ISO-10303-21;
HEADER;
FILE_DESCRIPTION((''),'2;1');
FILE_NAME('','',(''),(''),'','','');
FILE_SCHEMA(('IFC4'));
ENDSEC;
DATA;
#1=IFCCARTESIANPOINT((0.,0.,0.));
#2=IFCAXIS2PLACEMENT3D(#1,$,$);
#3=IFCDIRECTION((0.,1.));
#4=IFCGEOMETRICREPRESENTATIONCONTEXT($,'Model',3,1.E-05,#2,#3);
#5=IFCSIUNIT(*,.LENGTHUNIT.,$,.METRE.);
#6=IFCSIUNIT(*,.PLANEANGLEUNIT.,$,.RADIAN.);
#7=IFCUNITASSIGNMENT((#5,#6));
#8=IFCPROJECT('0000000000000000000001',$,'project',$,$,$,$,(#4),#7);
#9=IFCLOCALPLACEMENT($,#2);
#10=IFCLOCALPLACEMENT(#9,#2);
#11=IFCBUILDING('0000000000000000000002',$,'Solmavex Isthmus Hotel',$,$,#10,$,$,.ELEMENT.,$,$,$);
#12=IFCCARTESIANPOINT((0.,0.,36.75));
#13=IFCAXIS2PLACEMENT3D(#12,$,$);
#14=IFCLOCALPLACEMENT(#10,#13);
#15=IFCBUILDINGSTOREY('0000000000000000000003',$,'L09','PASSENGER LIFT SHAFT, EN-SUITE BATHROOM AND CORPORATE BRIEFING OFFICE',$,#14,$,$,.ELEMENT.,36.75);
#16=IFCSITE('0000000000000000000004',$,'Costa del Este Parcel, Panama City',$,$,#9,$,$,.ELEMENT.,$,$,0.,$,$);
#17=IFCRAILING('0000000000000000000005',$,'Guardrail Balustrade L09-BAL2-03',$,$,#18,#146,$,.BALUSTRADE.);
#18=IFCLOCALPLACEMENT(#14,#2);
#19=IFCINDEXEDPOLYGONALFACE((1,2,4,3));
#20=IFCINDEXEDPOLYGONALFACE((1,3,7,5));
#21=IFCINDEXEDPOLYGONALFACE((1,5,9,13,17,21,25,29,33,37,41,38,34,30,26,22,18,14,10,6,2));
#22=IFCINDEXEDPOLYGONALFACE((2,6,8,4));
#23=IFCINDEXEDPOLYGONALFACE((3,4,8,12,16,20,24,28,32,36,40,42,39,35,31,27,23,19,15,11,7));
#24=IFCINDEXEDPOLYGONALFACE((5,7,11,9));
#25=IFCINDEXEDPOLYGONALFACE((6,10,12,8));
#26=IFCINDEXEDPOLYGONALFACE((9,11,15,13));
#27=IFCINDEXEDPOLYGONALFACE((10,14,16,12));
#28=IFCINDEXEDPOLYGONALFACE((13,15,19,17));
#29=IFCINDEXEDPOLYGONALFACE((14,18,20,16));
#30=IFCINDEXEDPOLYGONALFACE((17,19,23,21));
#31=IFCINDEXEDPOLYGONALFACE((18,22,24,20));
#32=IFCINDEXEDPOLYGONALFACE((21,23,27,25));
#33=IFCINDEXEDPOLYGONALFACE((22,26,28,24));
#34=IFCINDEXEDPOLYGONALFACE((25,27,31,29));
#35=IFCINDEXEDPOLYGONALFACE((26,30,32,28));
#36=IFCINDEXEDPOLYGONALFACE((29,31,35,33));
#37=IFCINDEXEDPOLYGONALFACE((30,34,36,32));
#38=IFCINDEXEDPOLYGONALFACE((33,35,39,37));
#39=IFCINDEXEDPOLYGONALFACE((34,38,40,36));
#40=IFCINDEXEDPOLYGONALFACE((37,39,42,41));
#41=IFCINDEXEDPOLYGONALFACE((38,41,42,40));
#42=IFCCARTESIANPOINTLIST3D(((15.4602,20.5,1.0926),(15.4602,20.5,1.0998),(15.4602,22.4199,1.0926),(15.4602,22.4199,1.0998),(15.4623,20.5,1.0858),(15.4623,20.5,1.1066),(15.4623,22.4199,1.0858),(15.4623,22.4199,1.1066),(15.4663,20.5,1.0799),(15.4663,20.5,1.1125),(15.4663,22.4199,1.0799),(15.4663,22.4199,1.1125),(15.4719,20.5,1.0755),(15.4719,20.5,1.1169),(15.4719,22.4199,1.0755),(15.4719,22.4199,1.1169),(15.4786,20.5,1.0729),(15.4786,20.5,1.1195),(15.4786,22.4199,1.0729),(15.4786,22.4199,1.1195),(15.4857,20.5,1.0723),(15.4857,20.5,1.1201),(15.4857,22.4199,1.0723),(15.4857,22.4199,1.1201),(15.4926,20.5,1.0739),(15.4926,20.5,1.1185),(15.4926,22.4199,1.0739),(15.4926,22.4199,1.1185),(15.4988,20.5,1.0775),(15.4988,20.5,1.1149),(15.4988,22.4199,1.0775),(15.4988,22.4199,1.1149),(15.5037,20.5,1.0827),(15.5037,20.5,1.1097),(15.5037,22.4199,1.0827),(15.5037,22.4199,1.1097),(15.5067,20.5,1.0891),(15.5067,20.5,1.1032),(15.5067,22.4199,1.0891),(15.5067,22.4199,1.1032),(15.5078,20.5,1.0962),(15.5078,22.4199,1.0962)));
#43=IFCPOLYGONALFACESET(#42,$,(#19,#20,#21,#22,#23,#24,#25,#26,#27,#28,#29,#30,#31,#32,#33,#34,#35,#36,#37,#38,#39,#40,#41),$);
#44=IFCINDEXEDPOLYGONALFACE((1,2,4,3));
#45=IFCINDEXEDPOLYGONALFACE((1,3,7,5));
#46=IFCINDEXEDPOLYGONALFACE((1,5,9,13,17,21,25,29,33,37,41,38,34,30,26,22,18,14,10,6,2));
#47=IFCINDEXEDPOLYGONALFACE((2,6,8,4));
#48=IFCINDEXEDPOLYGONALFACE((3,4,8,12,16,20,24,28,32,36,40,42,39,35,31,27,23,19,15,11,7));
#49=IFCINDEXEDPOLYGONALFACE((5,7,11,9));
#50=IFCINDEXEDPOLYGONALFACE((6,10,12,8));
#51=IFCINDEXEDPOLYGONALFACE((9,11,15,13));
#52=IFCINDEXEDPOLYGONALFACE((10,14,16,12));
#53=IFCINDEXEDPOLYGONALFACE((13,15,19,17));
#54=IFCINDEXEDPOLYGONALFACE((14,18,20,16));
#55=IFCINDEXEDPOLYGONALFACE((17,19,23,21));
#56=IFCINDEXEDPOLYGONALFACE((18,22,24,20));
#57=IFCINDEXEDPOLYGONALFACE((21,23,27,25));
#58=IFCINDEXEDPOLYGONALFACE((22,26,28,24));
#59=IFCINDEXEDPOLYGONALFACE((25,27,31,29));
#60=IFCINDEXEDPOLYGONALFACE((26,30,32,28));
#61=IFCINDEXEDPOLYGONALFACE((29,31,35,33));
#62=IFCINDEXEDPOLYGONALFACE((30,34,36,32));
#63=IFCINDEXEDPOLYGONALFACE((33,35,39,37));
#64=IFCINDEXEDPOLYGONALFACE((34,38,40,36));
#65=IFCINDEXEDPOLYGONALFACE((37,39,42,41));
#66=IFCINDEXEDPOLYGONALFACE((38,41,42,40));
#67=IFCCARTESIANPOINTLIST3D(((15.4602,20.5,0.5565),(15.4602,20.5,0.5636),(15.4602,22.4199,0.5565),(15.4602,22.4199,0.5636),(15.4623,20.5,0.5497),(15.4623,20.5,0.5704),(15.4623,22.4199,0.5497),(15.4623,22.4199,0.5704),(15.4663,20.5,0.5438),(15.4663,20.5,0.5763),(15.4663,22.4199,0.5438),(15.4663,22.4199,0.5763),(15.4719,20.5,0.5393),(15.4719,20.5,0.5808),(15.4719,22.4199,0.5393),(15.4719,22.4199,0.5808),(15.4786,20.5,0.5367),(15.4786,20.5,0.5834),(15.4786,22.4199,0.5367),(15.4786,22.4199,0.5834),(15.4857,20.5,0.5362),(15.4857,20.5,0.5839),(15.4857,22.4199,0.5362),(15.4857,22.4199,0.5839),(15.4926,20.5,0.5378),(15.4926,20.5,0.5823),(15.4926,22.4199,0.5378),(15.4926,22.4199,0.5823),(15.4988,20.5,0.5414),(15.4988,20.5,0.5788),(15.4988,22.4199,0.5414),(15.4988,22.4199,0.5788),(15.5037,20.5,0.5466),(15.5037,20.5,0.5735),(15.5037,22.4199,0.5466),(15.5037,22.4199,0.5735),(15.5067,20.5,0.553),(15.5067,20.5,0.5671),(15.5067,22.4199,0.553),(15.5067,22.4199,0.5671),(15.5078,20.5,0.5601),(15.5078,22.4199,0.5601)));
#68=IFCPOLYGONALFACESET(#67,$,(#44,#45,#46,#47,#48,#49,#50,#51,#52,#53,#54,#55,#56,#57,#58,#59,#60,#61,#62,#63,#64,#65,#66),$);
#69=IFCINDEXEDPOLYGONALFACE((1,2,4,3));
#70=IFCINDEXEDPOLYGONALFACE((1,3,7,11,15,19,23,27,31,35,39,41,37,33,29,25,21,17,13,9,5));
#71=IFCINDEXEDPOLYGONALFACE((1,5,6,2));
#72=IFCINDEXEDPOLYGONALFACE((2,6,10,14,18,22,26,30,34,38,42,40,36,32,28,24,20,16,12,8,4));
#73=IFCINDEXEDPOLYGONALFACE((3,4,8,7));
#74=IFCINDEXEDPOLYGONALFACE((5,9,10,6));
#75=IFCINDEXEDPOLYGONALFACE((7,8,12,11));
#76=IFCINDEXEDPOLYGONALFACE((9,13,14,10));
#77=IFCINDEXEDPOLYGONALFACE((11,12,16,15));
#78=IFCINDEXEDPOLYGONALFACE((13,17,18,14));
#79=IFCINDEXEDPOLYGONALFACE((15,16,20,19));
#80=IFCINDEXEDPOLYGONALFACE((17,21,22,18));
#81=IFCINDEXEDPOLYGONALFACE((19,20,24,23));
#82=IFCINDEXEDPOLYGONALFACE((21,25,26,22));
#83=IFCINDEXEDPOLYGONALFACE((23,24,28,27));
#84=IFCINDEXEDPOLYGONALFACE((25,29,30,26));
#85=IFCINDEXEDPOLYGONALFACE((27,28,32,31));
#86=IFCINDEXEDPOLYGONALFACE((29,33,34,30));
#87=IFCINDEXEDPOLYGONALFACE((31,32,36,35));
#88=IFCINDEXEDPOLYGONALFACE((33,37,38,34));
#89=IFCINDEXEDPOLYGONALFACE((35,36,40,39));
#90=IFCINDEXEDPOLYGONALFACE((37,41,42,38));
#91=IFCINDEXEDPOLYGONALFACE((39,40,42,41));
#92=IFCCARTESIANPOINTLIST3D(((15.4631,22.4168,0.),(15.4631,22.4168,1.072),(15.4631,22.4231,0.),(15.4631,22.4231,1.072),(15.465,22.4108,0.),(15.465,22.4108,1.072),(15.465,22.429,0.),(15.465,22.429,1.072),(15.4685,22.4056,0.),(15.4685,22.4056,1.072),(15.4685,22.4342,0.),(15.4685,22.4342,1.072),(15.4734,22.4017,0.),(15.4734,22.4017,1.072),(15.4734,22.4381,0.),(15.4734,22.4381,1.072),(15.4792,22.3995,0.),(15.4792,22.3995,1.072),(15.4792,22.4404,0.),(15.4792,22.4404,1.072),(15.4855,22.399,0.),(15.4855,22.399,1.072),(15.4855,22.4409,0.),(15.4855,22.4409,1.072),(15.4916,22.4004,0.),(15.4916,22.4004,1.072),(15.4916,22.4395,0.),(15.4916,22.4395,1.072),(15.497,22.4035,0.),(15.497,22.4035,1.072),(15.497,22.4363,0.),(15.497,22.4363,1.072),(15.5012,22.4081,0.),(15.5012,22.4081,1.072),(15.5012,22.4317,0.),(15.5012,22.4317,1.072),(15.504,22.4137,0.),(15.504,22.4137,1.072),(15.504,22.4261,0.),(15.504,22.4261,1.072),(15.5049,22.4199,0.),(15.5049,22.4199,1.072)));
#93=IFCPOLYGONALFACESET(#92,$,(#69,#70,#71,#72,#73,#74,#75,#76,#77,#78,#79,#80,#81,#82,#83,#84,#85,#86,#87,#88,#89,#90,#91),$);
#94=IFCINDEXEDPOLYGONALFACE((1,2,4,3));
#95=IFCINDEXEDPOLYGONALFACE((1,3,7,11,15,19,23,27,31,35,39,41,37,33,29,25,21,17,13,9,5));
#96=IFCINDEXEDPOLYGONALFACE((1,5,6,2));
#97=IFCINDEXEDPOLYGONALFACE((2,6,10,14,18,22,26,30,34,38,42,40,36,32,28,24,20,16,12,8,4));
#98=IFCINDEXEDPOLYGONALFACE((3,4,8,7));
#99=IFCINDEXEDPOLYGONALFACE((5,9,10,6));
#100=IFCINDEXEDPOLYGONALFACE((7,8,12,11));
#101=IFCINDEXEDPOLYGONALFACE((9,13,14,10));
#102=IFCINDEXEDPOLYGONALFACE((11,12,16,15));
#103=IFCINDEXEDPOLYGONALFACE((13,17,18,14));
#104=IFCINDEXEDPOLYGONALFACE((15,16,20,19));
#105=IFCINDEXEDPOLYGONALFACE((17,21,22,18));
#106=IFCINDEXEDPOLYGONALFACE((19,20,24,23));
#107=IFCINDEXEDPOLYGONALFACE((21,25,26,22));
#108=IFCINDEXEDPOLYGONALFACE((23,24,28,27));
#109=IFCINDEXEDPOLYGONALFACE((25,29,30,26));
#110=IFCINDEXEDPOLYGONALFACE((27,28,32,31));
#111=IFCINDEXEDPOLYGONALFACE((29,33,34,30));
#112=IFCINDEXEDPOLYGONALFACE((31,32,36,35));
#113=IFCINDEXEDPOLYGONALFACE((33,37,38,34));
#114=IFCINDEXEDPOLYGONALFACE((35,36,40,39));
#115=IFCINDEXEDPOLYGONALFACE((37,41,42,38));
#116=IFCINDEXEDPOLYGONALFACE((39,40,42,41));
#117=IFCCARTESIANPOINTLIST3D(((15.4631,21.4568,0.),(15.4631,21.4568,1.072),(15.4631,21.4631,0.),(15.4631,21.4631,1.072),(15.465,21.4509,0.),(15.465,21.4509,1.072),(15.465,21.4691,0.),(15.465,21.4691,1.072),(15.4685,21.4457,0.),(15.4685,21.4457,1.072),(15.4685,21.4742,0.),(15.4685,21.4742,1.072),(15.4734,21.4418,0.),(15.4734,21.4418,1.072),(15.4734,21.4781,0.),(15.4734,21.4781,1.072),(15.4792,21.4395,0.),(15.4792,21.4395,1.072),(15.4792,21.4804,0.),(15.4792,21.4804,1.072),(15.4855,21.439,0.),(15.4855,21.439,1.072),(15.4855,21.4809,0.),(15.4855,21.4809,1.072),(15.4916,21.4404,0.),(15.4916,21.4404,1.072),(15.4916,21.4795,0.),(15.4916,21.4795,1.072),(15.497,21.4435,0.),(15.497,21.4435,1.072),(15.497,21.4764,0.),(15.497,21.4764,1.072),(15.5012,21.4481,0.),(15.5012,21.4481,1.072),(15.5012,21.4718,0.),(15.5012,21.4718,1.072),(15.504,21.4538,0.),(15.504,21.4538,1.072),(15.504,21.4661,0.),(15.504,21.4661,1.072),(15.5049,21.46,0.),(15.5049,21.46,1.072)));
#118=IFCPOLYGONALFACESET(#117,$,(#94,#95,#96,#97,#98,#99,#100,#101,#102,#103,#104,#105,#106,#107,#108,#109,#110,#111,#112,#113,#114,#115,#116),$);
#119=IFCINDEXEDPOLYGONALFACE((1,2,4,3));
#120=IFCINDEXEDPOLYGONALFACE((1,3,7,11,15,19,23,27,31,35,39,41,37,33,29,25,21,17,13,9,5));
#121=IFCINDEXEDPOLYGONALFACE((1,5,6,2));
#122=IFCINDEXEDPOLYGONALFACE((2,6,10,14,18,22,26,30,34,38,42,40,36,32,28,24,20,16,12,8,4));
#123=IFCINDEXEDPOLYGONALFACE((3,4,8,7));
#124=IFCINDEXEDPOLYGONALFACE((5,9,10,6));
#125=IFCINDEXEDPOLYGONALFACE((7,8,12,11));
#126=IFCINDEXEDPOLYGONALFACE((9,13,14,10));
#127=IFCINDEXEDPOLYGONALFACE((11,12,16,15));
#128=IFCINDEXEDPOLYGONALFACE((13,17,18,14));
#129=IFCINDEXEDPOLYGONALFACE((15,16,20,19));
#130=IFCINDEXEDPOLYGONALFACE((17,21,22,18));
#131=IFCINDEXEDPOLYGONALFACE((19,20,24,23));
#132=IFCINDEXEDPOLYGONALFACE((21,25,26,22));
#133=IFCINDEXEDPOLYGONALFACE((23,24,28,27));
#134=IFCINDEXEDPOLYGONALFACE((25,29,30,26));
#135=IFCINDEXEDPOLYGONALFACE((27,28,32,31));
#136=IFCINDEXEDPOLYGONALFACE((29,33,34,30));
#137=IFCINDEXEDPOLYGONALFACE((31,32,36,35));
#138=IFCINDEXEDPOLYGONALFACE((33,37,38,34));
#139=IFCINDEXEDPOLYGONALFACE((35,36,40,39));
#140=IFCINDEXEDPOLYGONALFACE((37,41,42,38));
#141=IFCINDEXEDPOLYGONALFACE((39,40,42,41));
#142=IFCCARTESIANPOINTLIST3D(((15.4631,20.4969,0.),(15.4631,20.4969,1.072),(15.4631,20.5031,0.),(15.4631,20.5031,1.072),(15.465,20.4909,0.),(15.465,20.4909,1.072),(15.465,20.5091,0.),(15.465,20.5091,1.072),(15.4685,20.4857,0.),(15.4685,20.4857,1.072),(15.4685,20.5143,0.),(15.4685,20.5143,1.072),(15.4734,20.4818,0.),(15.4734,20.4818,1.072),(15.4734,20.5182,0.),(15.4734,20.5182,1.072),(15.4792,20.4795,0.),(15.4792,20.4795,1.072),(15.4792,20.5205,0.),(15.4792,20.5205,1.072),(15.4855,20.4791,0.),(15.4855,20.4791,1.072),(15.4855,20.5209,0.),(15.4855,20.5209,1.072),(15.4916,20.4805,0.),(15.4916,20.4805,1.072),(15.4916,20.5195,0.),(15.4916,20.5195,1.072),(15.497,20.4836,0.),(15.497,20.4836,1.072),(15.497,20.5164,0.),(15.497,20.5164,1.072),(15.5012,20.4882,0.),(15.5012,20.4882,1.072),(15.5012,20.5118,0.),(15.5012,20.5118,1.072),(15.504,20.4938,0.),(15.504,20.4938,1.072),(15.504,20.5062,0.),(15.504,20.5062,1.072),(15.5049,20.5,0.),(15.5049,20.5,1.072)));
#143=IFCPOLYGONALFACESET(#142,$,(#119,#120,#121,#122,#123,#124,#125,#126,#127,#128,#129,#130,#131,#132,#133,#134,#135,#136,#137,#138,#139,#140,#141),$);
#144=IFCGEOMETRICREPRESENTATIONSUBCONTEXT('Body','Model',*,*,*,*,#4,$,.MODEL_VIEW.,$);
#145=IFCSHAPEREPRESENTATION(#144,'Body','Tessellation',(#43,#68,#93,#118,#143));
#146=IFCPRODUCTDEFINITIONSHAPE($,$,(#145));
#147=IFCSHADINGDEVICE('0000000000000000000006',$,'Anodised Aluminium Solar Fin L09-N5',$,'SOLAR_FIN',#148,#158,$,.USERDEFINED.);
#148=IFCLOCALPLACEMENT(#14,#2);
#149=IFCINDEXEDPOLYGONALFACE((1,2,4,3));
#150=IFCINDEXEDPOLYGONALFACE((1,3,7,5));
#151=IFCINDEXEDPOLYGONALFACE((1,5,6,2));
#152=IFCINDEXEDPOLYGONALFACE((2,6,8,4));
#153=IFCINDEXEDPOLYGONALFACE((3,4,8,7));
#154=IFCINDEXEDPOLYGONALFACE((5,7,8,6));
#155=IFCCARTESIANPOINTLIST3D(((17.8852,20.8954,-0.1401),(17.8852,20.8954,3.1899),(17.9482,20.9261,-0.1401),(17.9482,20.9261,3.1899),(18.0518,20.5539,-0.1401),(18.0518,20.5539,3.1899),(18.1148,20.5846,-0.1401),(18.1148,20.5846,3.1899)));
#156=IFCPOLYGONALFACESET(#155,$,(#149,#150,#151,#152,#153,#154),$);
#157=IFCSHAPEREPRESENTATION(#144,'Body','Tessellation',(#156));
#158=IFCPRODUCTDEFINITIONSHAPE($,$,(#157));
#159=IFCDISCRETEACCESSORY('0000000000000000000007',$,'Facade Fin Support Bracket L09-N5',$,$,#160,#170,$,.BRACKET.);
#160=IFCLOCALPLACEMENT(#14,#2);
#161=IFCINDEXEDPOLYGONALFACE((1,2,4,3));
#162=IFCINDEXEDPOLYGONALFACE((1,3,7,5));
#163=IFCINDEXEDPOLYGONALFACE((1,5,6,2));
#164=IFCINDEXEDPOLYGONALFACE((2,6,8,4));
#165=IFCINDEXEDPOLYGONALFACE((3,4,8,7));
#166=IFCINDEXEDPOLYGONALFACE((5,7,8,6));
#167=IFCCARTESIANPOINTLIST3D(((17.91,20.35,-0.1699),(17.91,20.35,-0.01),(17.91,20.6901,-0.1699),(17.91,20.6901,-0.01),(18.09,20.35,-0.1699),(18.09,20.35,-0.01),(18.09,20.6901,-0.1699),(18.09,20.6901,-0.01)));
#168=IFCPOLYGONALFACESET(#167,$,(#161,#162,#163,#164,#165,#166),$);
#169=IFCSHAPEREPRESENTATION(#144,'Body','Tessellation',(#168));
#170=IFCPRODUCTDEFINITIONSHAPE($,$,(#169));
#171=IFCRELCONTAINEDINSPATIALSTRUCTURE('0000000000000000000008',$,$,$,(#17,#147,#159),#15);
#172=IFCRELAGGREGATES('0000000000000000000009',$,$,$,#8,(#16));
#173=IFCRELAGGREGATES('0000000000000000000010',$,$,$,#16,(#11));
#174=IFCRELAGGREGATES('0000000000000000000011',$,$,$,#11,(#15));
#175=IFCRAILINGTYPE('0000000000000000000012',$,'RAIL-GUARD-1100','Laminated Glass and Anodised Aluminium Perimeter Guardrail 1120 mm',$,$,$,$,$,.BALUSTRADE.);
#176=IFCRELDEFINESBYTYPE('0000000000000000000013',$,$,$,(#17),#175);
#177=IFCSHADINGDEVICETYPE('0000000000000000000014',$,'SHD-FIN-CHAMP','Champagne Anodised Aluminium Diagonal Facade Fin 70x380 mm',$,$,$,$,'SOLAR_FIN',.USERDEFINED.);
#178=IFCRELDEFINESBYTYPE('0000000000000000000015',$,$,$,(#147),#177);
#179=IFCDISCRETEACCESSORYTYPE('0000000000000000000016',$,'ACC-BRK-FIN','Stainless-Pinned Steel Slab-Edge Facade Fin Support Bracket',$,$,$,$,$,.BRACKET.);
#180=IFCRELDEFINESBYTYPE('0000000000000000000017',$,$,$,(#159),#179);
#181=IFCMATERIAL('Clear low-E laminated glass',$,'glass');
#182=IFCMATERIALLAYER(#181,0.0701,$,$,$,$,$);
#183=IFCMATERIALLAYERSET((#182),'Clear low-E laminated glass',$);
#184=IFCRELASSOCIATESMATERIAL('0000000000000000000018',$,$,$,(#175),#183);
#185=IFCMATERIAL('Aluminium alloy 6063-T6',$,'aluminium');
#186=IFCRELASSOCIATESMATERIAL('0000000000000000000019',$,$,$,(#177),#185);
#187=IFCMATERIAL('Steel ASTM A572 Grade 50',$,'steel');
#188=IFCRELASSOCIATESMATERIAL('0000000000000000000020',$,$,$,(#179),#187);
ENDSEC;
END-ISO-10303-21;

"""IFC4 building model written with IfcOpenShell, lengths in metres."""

from ifc_helpers import new_model, si_unit, direction, frame, origin, origin_2d, place, context, subcontext, project, spatial, rectangle, circle, extrude, material, layer, layer_set, type_object, element, save


model = new_model("IFC4")

# Units and contexts
model_context = context("Model", 3, precision=1e-05, world=origin(), true_north=direction((0.0, 1.0)))
body_context = subcontext(model_context, "Body", "Model", "MODEL_VIEW")
ifc_project = project(units=[si_unit("LENGTHUNIT", "METRE"), si_unit("PLANEANGLEUNIT", "RADIAN")], contexts=[model_context])

# Site, building, storey
site_placement = place(None, origin())
site = spatial("IfcSite", under=ifc_project, at=site_placement, Name="Costa del Este Parcel, Panama City", CompositionType="ELEMENT", RefElevation=0.0)
building_placement = place(site_placement, origin())
building = spatial("IfcBuilding", under=site, at=building_placement, Name="Solmavex Isthmus Hotel", CompositionType="ELEMENT")
storey_placement = place(building_placement, frame((0.0, 0.0, 36.75)))
storey = spatial("IfcBuildingStorey", under=building, at=storey_placement, Name="L09", Description="PASSENGER LIFT SHAFT, EN-SUITE BATHROOM AND CORPORATE BRIEFING OFFICE", CompositionType="ELEMENT", Elevation=36.75)

# Shared definitions
ifc_material_1 = material(Name="Aluminium alloy 6063-T6", Category="aluminium")

# Shared definitions
ifc_material_2 = material(Name="Clear low-E laminated glass", Category="glass")

# Railing
ifc_layer_1 = layer(ifc_material_2, 0.0701)
ifc_layer_set_1 = layer_set([ifc_layer_1], Name="Clear low-E laminated glass")
railing_type = type_object("IfcRailingType", Name="RAIL-GUARD-1100", Description="Laminated Glass and Anodised Aluminium Perimeter Guardrail 1120 mm", PredefinedType="BALUSTRADE", material=ifc_layer_set_1)
railing_placement = place(storey_placement, frame((15.4839, 22.4199, 0.0)))
element("IfcRailing", 1, at=railing_placement, inside=storey, type_object=railing_type, Name="Guardrail Balustrade L09-BAL2-03", PredefinedType="BALUSTRADE", context=body_context, shape_type="SweptSolid", body=[
    extrude(circle(Radius=0.0239, at=origin_2d()), frame((0.0, 0.0, 1.0962), z_axis=(0.0, -1.0, 0.0), x_axis=(1.0, 0.0, 0.0)), (0.0, 0.0, 1.0), 1.9199),
    extrude(circle(Radius=0.0239, at=origin_2d()), frame((0.0, 0.0, 0.5601), z_axis=(0.0, -1.0, 0.0), x_axis=(1.0, 0.0, 0.0)), (0.0, 0.0, 1.0), 1.9199),
    extrude(circle(Radius=0.021, at=origin_2d()), origin(), (0.0, 0.0, 1.0), 1.072),
    extrude(circle(Radius=0.021, at=origin_2d()), frame((0.0, -0.96, 0.0)), (0.0, 0.0, 1.0), 1.072),
    extrude(circle(Radius=0.021, at=origin_2d()), frame((0.0, -1.9199, 0.0)), (0.0, 0.0, 1.0), 1.072),
])

# Shading device
shading_device_type = type_object("IfcShadingDeviceType", Name="SHD-FIN-CHAMP", Description="Champagne Anodised Aluminium Diagonal Facade Fin 70x380 mm", ElementType="SOLAR_FIN", PredefinedType="USERDEFINED", material=ifc_material_1)
shading_device_placement = place(storey_placement, frame((18.0, 20.74, -0.1401), z_axis=(0.0, 0.0, 1.0), x_axis=(-0.438371, 0.898794, 0.0)))
element("IfcShadingDevice", 2, at=shading_device_placement, inside=storey, type_object=shading_device_type, Name="Anodised Aluminium Solar Fin L09-N5", ObjectType="SOLAR_FIN", PredefinedType="USERDEFINED", context=body_context, shape_type="SweptSolid", body=[
    extrude(rectangle(XDim=0.3799, YDim=0.0701, at=origin_2d()), origin(), (0.0, 0.0, 1.0), 3.3301),
])

# Discrete accessory
ifc_material_3 = material(Name="Steel ASTM A572 Grade 50", Category="steel")
discrete_accessory_type = type_object("IfcDiscreteAccessoryType", Name="ACC-BRK-FIN", Description="Stainless-Pinned Steel Slab-Edge Facade Fin Support Bracket", PredefinedType="BRACKET", material=ifc_material_3)
discrete_accessory_placement = place(storey_placement, frame((18.0, 20.52, -0.1699), z_axis=(0.0, 0.0, 1.0), x_axis=(0.0, 1.0, 0.0)))
element("IfcDiscreteAccessory", 3, at=discrete_accessory_placement, inside=storey, type_object=discrete_accessory_type, Name="Facade Fin Support Bracket L09-N5", PredefinedType="BRACKET", context=body_context, shape_type="SweptSolid", body=[
    extrude(rectangle(XDim=0.3401, YDim=0.1799, at=origin_2d()), origin(), (0.0, 0.0, 1.0), 0.1599),
])

save(model, "model.ifc")
